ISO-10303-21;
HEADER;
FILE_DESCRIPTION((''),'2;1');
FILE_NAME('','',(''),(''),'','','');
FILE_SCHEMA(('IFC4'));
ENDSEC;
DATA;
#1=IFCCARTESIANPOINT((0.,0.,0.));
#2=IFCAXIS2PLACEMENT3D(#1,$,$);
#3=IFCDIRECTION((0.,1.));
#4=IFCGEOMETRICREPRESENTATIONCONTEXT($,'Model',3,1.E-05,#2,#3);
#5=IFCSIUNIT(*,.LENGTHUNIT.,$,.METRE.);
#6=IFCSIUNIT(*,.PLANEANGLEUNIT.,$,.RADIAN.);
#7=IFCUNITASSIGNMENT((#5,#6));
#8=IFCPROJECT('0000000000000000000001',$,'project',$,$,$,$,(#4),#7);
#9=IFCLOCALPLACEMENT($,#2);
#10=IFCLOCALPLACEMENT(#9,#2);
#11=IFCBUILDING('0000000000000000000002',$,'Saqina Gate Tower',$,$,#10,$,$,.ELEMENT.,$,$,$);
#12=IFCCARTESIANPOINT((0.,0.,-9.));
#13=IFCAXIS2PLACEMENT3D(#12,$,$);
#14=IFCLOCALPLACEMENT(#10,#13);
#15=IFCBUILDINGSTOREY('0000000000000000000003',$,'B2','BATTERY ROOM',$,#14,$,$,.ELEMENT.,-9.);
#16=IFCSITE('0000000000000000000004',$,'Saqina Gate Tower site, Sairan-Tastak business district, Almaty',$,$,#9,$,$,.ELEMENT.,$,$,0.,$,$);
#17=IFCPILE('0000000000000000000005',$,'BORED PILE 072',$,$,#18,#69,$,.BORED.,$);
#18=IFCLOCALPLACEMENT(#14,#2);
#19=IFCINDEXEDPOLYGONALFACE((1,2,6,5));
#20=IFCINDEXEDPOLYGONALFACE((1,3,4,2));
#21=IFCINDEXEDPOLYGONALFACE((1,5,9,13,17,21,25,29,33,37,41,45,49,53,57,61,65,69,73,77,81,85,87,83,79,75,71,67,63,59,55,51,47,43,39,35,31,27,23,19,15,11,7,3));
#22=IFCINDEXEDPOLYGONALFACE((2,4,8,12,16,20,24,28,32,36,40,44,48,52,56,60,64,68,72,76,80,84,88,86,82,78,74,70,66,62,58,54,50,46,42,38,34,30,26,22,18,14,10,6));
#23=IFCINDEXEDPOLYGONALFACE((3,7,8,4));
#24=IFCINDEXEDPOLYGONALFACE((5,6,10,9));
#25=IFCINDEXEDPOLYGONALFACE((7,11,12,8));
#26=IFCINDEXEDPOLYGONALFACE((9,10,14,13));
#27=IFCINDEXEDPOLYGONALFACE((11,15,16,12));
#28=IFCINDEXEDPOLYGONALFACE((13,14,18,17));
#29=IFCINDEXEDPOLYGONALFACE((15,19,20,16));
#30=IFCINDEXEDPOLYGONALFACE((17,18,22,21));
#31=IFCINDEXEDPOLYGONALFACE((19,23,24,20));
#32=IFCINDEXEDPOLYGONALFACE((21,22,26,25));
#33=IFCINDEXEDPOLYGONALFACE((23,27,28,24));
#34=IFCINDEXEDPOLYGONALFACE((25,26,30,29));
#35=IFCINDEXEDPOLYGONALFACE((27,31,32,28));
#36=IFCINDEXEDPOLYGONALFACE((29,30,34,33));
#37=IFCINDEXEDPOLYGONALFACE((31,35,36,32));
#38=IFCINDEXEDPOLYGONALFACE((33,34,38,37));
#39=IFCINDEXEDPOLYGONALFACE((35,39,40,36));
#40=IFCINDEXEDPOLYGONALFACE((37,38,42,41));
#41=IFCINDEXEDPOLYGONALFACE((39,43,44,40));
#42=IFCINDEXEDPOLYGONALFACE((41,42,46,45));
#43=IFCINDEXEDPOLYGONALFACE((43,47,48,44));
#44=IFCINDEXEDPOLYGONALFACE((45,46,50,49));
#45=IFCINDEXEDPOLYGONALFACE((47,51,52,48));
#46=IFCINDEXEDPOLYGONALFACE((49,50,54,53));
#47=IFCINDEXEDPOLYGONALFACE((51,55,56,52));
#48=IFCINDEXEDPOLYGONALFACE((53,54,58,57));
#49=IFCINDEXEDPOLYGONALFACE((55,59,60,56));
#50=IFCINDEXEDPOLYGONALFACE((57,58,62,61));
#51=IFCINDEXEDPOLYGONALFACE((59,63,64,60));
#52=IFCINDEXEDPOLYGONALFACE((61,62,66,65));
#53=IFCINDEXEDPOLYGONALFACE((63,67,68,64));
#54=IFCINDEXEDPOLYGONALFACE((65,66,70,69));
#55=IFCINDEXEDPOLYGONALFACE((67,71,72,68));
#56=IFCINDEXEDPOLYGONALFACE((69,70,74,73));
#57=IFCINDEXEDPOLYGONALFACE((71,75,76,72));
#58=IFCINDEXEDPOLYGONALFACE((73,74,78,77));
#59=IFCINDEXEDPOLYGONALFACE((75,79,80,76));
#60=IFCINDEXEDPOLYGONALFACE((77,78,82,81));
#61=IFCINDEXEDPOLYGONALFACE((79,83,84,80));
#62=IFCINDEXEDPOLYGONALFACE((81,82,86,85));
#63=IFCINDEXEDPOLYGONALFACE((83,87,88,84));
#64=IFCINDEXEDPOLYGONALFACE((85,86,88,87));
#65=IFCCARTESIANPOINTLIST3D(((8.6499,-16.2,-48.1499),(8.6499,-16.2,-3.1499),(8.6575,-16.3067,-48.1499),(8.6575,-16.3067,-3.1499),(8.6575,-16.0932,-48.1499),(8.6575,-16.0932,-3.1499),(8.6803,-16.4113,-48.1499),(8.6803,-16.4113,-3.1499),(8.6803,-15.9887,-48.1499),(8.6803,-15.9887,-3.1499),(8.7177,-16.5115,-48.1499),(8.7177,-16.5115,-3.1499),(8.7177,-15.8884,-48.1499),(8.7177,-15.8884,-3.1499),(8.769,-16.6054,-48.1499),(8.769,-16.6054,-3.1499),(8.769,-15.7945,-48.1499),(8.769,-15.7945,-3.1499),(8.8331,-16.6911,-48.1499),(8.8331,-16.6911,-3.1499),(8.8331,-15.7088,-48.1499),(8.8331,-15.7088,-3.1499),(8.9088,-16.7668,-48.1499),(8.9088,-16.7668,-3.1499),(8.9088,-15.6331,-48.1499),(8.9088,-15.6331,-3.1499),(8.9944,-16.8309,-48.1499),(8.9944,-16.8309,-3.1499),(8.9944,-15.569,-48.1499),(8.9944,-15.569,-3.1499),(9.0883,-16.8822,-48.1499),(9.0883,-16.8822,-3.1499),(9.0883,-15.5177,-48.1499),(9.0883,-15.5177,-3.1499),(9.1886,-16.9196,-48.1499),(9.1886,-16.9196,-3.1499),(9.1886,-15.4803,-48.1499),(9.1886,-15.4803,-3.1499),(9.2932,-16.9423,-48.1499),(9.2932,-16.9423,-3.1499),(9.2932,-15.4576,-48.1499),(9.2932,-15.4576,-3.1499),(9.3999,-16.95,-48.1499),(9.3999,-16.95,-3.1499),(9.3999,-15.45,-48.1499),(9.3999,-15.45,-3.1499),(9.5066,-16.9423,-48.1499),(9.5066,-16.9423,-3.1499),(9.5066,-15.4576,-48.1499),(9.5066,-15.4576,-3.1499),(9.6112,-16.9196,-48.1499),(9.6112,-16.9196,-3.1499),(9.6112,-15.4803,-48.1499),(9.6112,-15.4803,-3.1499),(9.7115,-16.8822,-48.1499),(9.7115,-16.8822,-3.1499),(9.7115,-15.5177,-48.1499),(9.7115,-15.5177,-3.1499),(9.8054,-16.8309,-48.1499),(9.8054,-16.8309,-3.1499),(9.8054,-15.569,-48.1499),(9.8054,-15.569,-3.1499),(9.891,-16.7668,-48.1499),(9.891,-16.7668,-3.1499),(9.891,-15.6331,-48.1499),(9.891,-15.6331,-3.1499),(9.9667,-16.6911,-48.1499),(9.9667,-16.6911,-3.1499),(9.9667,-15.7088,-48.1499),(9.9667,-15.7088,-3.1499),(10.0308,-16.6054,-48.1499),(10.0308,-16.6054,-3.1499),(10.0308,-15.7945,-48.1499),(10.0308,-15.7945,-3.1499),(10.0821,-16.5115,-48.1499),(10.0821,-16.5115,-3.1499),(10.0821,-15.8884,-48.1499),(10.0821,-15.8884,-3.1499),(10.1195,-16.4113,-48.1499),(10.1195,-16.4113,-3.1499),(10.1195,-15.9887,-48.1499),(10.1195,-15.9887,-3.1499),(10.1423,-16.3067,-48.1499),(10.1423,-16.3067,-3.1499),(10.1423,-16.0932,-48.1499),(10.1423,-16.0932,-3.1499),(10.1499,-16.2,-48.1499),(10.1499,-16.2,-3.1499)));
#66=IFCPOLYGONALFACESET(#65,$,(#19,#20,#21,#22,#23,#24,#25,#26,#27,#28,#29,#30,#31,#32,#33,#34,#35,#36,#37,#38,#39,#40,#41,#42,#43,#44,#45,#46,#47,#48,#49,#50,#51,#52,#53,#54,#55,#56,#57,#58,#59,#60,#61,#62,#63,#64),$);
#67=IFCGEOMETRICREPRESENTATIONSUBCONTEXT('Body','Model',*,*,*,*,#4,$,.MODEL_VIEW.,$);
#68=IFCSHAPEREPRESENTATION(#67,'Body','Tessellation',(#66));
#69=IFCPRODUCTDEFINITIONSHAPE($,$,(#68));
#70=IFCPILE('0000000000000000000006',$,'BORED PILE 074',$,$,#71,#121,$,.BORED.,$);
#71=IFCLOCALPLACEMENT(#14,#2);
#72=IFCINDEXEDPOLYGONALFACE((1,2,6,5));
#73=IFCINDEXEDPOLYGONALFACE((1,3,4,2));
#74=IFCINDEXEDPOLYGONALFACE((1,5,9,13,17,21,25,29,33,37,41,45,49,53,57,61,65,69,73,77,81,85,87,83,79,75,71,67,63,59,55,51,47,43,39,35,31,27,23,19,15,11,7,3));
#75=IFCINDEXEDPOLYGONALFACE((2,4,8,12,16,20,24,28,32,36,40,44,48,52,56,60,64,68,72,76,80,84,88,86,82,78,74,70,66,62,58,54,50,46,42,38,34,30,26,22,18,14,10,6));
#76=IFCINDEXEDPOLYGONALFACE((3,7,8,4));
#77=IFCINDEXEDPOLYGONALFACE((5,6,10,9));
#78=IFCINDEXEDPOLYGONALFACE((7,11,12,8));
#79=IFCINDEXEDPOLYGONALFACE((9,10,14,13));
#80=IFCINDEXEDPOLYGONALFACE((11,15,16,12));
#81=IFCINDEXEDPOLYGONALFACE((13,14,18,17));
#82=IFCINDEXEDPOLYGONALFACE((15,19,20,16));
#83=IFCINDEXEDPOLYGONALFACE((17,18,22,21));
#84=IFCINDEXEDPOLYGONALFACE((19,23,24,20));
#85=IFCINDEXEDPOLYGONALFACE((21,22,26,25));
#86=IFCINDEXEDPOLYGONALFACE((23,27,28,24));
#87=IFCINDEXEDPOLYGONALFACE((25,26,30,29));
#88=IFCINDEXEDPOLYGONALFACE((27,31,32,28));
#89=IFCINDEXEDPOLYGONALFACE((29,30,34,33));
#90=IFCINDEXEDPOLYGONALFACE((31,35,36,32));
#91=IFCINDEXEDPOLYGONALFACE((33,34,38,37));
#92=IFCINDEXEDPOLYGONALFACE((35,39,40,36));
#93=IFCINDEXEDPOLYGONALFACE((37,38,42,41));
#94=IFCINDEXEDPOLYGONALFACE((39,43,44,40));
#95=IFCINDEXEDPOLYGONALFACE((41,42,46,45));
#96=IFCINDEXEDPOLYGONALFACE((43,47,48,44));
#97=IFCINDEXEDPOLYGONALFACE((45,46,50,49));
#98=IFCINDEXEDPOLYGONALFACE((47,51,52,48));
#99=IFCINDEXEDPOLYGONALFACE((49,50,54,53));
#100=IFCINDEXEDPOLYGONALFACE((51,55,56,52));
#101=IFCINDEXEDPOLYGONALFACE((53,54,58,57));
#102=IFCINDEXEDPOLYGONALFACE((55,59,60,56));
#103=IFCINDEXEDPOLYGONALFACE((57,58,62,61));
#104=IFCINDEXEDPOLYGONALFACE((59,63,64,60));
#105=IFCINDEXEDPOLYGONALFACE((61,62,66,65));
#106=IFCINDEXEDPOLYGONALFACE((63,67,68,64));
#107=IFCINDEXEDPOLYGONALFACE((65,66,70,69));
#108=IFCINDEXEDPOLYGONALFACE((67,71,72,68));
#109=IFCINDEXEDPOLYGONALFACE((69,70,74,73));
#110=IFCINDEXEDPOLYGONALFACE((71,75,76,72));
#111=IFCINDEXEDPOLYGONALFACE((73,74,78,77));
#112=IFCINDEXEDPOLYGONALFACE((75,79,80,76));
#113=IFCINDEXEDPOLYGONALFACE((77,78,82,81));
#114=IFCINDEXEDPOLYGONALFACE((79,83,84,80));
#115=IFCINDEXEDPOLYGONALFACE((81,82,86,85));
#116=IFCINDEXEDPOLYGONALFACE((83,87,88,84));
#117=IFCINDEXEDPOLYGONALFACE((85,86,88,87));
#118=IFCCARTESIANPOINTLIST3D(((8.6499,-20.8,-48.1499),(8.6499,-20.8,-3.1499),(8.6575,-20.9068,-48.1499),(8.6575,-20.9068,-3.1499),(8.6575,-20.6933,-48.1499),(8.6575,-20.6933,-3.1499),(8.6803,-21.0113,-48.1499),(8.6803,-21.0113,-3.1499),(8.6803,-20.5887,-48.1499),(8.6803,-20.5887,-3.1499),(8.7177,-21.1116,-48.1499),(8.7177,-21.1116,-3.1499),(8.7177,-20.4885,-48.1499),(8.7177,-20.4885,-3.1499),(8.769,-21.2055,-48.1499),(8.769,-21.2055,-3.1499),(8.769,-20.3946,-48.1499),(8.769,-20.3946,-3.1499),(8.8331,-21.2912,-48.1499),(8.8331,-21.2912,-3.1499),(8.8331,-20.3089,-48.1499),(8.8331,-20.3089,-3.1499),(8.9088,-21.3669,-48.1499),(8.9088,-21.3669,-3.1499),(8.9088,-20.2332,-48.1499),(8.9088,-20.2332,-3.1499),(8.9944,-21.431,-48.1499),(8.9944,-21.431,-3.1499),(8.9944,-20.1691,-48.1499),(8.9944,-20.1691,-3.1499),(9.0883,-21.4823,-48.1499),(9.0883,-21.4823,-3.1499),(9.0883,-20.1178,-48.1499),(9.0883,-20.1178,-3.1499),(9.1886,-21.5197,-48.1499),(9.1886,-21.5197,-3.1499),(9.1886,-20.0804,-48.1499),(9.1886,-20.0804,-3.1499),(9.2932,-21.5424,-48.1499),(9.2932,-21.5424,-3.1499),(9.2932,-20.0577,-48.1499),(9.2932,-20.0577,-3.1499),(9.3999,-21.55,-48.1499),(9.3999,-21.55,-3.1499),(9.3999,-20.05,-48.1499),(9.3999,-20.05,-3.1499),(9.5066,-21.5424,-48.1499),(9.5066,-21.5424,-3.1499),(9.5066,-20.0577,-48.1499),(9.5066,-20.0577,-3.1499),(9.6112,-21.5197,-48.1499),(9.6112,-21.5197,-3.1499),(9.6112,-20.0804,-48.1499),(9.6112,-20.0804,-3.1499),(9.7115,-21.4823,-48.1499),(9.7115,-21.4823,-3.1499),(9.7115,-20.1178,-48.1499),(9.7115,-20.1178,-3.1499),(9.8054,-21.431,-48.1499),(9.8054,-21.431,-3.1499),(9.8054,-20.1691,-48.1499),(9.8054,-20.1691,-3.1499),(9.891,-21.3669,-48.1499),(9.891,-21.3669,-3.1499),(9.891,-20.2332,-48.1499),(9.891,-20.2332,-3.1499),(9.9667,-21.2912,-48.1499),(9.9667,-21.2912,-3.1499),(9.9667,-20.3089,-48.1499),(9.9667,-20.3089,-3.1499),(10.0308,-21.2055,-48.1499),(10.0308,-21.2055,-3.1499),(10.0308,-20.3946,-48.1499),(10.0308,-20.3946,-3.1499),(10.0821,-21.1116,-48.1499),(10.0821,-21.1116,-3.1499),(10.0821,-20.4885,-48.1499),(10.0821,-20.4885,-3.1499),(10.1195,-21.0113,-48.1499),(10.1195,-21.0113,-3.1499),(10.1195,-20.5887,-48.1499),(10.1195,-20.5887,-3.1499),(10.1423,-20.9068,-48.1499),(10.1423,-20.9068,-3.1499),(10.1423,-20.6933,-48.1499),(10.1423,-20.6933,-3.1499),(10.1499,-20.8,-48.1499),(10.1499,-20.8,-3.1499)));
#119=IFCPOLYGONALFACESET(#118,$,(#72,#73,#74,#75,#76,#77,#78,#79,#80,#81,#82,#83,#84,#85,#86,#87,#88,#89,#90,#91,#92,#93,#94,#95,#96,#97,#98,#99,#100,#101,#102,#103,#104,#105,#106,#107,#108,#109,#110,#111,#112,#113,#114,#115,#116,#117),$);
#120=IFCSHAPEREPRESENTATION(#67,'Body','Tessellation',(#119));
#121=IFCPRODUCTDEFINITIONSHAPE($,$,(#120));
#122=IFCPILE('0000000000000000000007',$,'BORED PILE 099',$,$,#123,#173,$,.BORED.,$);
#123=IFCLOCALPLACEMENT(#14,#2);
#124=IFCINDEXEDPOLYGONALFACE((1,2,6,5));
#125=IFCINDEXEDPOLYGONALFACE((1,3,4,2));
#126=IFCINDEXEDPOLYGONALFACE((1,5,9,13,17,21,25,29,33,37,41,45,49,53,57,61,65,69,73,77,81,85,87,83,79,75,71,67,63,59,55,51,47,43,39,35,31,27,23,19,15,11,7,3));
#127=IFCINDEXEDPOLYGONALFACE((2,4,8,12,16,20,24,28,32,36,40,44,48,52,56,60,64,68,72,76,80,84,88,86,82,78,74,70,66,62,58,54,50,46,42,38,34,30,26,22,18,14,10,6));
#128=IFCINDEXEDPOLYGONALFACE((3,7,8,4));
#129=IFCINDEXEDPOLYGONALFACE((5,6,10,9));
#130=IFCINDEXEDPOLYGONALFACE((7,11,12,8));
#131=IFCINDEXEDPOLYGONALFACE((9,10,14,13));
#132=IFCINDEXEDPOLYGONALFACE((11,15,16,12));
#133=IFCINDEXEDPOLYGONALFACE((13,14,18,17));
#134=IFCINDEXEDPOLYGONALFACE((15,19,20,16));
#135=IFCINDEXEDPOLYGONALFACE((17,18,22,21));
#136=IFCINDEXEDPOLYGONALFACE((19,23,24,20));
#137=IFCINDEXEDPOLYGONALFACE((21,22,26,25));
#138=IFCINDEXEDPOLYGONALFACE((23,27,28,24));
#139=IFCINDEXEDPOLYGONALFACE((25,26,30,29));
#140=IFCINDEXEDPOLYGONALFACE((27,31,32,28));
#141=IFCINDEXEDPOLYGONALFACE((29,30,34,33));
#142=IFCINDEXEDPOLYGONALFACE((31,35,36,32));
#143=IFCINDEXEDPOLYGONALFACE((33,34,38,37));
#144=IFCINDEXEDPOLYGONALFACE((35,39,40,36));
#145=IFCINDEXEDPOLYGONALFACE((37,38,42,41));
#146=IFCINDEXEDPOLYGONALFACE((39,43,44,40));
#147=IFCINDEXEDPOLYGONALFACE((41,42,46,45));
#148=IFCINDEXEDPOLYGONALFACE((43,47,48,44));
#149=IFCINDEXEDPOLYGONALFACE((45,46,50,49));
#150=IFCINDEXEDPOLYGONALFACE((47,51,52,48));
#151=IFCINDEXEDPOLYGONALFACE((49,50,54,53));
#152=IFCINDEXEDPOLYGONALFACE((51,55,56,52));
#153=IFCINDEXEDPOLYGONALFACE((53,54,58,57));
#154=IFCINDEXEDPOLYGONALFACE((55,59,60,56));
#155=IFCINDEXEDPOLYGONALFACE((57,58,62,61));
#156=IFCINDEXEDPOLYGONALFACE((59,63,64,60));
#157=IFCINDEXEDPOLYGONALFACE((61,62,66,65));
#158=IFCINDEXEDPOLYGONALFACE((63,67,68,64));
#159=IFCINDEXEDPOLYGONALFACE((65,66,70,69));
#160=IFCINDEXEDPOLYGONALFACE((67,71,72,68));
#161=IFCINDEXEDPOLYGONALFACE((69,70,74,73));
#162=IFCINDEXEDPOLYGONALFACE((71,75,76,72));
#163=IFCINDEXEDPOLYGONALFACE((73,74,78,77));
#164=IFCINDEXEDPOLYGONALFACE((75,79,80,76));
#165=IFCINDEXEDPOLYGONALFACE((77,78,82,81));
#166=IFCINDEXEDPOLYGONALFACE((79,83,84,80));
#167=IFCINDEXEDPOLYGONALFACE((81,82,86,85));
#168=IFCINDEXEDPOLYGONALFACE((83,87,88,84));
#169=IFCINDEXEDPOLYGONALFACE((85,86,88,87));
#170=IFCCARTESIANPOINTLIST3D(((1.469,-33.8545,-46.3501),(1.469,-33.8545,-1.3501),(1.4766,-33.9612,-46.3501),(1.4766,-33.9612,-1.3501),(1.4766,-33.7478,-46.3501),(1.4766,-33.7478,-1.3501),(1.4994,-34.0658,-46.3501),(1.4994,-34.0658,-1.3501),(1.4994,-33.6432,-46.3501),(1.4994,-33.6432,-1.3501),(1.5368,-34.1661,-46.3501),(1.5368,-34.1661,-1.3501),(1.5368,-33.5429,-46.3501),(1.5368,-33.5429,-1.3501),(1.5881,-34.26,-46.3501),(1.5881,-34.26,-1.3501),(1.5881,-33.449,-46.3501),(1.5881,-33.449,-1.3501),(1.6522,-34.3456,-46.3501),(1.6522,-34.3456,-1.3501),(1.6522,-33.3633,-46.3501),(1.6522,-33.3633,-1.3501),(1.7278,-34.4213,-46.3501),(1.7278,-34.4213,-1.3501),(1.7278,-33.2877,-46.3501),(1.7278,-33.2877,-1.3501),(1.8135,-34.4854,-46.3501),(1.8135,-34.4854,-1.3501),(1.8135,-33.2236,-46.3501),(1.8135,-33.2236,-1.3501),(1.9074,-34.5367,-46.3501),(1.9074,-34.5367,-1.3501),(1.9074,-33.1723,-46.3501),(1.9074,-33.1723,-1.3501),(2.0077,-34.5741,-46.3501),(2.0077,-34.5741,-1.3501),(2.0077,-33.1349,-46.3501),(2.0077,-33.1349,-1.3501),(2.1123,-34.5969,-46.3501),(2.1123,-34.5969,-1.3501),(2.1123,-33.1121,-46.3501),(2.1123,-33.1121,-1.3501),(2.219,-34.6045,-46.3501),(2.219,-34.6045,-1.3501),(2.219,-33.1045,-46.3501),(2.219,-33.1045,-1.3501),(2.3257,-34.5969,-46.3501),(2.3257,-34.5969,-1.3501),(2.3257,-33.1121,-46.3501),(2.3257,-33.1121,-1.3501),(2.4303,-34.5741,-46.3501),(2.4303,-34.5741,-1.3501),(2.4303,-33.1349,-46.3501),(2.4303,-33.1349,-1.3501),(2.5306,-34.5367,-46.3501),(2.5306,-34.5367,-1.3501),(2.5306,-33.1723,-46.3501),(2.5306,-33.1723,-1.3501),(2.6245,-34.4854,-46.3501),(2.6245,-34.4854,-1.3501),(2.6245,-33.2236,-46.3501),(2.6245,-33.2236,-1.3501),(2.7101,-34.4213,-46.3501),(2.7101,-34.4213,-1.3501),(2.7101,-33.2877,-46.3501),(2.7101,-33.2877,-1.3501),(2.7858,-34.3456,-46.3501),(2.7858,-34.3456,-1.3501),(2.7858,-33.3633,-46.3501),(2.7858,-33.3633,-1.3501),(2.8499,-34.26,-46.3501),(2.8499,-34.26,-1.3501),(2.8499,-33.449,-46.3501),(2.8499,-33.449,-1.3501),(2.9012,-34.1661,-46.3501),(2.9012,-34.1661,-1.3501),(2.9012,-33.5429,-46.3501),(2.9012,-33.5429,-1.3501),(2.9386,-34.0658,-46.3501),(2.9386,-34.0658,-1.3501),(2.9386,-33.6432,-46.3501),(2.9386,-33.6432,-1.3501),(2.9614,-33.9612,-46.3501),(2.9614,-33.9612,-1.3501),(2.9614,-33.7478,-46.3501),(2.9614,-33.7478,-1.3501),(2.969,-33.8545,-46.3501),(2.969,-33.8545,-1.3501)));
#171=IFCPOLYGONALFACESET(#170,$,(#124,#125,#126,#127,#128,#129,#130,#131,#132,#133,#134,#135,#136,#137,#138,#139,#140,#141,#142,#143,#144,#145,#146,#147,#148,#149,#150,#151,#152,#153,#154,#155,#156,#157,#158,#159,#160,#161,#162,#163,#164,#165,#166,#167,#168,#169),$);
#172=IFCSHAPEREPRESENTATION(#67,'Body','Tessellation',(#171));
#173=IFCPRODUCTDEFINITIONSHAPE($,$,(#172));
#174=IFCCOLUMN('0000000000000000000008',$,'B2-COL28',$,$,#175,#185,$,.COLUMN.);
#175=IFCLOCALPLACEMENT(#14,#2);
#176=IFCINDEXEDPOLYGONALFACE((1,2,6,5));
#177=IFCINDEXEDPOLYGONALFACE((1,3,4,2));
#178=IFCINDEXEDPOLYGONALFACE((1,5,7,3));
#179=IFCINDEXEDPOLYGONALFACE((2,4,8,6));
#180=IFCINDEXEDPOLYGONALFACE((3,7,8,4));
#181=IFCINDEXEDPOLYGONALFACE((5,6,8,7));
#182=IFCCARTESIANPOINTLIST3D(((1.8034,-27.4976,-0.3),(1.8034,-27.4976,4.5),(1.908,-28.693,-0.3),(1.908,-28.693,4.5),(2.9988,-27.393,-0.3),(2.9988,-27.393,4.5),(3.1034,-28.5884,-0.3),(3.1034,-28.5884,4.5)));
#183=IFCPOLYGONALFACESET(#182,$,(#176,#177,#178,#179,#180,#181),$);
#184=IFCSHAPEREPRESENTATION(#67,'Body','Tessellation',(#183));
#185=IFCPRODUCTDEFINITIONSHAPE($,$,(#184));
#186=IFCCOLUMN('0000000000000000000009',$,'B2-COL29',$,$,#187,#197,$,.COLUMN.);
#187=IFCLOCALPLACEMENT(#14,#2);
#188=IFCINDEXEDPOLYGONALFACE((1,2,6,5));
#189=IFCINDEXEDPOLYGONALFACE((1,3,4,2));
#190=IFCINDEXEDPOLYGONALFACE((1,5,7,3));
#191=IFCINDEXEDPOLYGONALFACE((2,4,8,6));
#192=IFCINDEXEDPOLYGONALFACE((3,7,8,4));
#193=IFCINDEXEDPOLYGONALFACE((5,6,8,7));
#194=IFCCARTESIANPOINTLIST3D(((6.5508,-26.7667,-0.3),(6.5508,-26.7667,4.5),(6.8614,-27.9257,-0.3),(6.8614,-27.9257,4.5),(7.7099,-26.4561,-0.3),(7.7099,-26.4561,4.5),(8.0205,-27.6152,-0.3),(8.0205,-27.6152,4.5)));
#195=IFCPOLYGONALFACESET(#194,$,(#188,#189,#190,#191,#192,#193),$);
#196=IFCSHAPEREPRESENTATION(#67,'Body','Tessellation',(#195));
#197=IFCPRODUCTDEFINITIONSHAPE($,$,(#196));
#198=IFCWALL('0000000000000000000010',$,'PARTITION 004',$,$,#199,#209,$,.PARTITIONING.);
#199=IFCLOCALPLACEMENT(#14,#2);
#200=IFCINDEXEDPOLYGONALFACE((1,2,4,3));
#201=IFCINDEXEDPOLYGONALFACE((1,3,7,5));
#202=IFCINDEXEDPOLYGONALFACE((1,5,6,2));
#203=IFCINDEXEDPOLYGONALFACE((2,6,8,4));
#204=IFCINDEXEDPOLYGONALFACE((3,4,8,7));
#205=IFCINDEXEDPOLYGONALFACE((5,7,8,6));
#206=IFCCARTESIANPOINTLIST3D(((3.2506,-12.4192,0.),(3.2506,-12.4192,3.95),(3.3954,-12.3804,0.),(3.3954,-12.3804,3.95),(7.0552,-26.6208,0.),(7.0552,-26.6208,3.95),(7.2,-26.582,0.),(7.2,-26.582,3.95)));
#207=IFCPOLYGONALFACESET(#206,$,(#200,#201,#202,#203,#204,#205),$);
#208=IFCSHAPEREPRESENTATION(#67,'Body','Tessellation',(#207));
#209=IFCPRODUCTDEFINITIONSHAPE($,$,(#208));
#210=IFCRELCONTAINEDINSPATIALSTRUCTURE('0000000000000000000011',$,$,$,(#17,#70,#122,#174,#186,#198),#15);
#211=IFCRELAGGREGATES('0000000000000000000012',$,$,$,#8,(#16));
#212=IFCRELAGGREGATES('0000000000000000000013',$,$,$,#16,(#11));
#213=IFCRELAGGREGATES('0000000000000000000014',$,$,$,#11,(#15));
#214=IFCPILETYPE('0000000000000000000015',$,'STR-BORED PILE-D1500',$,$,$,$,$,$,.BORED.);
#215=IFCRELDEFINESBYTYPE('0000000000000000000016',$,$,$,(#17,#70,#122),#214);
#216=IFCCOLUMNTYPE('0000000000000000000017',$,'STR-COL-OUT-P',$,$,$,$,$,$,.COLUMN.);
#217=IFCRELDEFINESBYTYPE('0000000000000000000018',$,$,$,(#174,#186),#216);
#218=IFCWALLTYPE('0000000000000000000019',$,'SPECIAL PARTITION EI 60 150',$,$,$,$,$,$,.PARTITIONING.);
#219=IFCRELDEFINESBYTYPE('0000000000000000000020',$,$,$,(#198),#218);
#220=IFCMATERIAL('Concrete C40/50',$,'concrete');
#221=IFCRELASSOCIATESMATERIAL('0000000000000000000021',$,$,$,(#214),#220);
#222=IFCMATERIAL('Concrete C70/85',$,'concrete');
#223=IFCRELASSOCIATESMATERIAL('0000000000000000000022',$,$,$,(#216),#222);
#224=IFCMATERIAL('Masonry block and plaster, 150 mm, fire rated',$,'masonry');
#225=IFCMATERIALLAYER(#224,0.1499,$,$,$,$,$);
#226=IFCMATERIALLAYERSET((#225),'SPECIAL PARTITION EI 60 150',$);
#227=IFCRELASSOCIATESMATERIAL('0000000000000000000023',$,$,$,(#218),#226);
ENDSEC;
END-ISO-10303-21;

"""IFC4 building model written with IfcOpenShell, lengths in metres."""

from ifc_helpers import new_model, si_unit, direction, frame, frame_2d, origin, origin_2d, place, context, subcontext, project, spatial, rectangle, circle, extrude, material, layer, layer_set, material_profile, profile_set, type_object, element, save


model = new_model("IFC4")

# Units and contexts
model_context = context("Model", 3, precision=1e-05, world=origin(), true_north=direction((0.0, 1.0)))
body_context = subcontext(model_context, "Body", "Model", "MODEL_VIEW")
ifc_project = project(units=[si_unit("LENGTHUNIT", "METRE"), si_unit("PLANEANGLEUNIT", "RADIAN")], contexts=[model_context])

# Site, building, storey
site_placement = place(None, origin())
site = spatial("IfcSite", under=ifc_project, at=site_placement, Name="Saqina Gate Tower site, Sairan-Tastak business district, Almaty", CompositionType="ELEMENT", RefElevation=0.0)
building_placement = place(site_placement, origin())
building = spatial("IfcBuilding", under=site, at=building_placement, Name="Saqina Gate Tower", CompositionType="ELEMENT")
storey_placement = place(building_placement, frame((0.0, 0.0, -9.0)))
storey = spatial("IfcBuildingStorey", under=building, at=storey_placement, Name="B2", Description="BATTERY ROOM", CompositionType="ELEMENT", Elevation=-9.0)

# Piles
ifc_material_1 = material(Name="Concrete C40/50", Category="concrete")
ifc_material_profile_1 = material_profile(ifc_material_1, circle(Radius=0.75, at=origin_2d()), Name="RC D1500")
ifc_profile_set_1 = profile_set([ifc_material_profile_1], Name="Concrete C40/50")
pile_type = type_object("IfcPileType", Name="STR-BORED PILE-D1500", PredefinedType="BORED", material=ifc_profile_set_1)
for number, where, z_axis, x_axis, name in (
    (1, (9.3999, -16.2, -3.1499), (0.0, 0.0, -1.0), (1.0, 0.0, 0.0), "BORED PILE 072"),
    (2, (9.3999, -20.8, -3.1499), (0.0, 0.0, -1.0), (1.0, 0.0, 0.0), "BORED PILE 074"),
    (3, (2.219, -33.8545, -1.3501), (0.0, 0.0, -1.0), (1.0, 0.0, 0.0), "BORED PILE 099"),
):
    element("IfcPile", number, at=place(storey_placement, frame(where, z_axis=z_axis, x_axis=x_axis)), inside=storey, type_object=pile_type, Name=name, PredefinedType="BORED", context=body_context, shape_type="SweptSolid", body=[
        extrude(circle(Radius=0.75, at=origin_2d()), origin(), (0.0, 0.0, 1.0), 45.0),
    ])

# Columns
ifc_material_2 = material(Name="Concrete C70/85", Category="concrete")
ifc_material_profile_2 = material_profile(ifc_material_2, rectangle(XDim=1.2, YDim=1.2, at=origin_2d()), Name="RC 1200x1200")
ifc_profile_set_2 = profile_set([ifc_material_profile_2], Name="Concrete C70/85")
column_type = type_object("IfcColumnType", Name="STR-COL-OUT-P", PredefinedType="COLUMN", material=ifc_profile_set_2)
for number, where, z_axis, x_axis, name in (
    (4, (2.4534, -28.043, -0.3), (0.0, 0.0, 1.0), (0.087156, -0.996195, 0.0), "B2-COL28"),
    (5, (7.2856, -27.1909, -0.3), (0.0, 0.0, 1.0), (0.258819, -0.965926, 0.0), "B2-COL29"),
):
    element("IfcColumn", number, at=place(storey_placement, frame(where, z_axis=z_axis, x_axis=x_axis)), inside=storey, type_object=column_type, Name=name, PredefinedType="COLUMN", context=body_context, shape_type="SweptSolid", body=[
        extrude(rectangle(XDim=1.2, YDim=1.2, at=origin_2d()), origin(), (0.0, 0.0, 1.0), 4.8),
    ])

# Wall
ifc_material_3 = material(Name="Masonry block and plaster, 150 mm, fire rated", Category="masonry")
ifc_layer_1 = layer(ifc_material_3, 0.1499)
ifc_layer_set_1 = layer_set([ifc_layer_1], Name="SPECIAL PARTITION EI 60 150")
wall_type_1 = type_object("IfcWallType", Name="SPECIAL PARTITION EI 60 150", PredefinedType="PARTITIONING", material=ifc_layer_set_1)
wall_1_placement = place(storey_placement, frame((3.323, -12.3999, 0.0), z_axis=(0.0, 0.0, 1.0), x_axis=(0.258779, -0.965937, 0.0)))
element("IfcWall", 6, at=wall_1_placement, inside=storey, type_object=wall_type_1, Name="PARTITION 004", PredefinedType="PARTITIONING", context=body_context, shape_type="SweptSolid", body=[
    extrude(rectangle(XDim=14.7024, YDim=0.1499, at=frame_2d((7.3511, 0.0))), origin(), (0.0, 0.0, 1.0), 3.95),
])

save(model, "model.ifc")
